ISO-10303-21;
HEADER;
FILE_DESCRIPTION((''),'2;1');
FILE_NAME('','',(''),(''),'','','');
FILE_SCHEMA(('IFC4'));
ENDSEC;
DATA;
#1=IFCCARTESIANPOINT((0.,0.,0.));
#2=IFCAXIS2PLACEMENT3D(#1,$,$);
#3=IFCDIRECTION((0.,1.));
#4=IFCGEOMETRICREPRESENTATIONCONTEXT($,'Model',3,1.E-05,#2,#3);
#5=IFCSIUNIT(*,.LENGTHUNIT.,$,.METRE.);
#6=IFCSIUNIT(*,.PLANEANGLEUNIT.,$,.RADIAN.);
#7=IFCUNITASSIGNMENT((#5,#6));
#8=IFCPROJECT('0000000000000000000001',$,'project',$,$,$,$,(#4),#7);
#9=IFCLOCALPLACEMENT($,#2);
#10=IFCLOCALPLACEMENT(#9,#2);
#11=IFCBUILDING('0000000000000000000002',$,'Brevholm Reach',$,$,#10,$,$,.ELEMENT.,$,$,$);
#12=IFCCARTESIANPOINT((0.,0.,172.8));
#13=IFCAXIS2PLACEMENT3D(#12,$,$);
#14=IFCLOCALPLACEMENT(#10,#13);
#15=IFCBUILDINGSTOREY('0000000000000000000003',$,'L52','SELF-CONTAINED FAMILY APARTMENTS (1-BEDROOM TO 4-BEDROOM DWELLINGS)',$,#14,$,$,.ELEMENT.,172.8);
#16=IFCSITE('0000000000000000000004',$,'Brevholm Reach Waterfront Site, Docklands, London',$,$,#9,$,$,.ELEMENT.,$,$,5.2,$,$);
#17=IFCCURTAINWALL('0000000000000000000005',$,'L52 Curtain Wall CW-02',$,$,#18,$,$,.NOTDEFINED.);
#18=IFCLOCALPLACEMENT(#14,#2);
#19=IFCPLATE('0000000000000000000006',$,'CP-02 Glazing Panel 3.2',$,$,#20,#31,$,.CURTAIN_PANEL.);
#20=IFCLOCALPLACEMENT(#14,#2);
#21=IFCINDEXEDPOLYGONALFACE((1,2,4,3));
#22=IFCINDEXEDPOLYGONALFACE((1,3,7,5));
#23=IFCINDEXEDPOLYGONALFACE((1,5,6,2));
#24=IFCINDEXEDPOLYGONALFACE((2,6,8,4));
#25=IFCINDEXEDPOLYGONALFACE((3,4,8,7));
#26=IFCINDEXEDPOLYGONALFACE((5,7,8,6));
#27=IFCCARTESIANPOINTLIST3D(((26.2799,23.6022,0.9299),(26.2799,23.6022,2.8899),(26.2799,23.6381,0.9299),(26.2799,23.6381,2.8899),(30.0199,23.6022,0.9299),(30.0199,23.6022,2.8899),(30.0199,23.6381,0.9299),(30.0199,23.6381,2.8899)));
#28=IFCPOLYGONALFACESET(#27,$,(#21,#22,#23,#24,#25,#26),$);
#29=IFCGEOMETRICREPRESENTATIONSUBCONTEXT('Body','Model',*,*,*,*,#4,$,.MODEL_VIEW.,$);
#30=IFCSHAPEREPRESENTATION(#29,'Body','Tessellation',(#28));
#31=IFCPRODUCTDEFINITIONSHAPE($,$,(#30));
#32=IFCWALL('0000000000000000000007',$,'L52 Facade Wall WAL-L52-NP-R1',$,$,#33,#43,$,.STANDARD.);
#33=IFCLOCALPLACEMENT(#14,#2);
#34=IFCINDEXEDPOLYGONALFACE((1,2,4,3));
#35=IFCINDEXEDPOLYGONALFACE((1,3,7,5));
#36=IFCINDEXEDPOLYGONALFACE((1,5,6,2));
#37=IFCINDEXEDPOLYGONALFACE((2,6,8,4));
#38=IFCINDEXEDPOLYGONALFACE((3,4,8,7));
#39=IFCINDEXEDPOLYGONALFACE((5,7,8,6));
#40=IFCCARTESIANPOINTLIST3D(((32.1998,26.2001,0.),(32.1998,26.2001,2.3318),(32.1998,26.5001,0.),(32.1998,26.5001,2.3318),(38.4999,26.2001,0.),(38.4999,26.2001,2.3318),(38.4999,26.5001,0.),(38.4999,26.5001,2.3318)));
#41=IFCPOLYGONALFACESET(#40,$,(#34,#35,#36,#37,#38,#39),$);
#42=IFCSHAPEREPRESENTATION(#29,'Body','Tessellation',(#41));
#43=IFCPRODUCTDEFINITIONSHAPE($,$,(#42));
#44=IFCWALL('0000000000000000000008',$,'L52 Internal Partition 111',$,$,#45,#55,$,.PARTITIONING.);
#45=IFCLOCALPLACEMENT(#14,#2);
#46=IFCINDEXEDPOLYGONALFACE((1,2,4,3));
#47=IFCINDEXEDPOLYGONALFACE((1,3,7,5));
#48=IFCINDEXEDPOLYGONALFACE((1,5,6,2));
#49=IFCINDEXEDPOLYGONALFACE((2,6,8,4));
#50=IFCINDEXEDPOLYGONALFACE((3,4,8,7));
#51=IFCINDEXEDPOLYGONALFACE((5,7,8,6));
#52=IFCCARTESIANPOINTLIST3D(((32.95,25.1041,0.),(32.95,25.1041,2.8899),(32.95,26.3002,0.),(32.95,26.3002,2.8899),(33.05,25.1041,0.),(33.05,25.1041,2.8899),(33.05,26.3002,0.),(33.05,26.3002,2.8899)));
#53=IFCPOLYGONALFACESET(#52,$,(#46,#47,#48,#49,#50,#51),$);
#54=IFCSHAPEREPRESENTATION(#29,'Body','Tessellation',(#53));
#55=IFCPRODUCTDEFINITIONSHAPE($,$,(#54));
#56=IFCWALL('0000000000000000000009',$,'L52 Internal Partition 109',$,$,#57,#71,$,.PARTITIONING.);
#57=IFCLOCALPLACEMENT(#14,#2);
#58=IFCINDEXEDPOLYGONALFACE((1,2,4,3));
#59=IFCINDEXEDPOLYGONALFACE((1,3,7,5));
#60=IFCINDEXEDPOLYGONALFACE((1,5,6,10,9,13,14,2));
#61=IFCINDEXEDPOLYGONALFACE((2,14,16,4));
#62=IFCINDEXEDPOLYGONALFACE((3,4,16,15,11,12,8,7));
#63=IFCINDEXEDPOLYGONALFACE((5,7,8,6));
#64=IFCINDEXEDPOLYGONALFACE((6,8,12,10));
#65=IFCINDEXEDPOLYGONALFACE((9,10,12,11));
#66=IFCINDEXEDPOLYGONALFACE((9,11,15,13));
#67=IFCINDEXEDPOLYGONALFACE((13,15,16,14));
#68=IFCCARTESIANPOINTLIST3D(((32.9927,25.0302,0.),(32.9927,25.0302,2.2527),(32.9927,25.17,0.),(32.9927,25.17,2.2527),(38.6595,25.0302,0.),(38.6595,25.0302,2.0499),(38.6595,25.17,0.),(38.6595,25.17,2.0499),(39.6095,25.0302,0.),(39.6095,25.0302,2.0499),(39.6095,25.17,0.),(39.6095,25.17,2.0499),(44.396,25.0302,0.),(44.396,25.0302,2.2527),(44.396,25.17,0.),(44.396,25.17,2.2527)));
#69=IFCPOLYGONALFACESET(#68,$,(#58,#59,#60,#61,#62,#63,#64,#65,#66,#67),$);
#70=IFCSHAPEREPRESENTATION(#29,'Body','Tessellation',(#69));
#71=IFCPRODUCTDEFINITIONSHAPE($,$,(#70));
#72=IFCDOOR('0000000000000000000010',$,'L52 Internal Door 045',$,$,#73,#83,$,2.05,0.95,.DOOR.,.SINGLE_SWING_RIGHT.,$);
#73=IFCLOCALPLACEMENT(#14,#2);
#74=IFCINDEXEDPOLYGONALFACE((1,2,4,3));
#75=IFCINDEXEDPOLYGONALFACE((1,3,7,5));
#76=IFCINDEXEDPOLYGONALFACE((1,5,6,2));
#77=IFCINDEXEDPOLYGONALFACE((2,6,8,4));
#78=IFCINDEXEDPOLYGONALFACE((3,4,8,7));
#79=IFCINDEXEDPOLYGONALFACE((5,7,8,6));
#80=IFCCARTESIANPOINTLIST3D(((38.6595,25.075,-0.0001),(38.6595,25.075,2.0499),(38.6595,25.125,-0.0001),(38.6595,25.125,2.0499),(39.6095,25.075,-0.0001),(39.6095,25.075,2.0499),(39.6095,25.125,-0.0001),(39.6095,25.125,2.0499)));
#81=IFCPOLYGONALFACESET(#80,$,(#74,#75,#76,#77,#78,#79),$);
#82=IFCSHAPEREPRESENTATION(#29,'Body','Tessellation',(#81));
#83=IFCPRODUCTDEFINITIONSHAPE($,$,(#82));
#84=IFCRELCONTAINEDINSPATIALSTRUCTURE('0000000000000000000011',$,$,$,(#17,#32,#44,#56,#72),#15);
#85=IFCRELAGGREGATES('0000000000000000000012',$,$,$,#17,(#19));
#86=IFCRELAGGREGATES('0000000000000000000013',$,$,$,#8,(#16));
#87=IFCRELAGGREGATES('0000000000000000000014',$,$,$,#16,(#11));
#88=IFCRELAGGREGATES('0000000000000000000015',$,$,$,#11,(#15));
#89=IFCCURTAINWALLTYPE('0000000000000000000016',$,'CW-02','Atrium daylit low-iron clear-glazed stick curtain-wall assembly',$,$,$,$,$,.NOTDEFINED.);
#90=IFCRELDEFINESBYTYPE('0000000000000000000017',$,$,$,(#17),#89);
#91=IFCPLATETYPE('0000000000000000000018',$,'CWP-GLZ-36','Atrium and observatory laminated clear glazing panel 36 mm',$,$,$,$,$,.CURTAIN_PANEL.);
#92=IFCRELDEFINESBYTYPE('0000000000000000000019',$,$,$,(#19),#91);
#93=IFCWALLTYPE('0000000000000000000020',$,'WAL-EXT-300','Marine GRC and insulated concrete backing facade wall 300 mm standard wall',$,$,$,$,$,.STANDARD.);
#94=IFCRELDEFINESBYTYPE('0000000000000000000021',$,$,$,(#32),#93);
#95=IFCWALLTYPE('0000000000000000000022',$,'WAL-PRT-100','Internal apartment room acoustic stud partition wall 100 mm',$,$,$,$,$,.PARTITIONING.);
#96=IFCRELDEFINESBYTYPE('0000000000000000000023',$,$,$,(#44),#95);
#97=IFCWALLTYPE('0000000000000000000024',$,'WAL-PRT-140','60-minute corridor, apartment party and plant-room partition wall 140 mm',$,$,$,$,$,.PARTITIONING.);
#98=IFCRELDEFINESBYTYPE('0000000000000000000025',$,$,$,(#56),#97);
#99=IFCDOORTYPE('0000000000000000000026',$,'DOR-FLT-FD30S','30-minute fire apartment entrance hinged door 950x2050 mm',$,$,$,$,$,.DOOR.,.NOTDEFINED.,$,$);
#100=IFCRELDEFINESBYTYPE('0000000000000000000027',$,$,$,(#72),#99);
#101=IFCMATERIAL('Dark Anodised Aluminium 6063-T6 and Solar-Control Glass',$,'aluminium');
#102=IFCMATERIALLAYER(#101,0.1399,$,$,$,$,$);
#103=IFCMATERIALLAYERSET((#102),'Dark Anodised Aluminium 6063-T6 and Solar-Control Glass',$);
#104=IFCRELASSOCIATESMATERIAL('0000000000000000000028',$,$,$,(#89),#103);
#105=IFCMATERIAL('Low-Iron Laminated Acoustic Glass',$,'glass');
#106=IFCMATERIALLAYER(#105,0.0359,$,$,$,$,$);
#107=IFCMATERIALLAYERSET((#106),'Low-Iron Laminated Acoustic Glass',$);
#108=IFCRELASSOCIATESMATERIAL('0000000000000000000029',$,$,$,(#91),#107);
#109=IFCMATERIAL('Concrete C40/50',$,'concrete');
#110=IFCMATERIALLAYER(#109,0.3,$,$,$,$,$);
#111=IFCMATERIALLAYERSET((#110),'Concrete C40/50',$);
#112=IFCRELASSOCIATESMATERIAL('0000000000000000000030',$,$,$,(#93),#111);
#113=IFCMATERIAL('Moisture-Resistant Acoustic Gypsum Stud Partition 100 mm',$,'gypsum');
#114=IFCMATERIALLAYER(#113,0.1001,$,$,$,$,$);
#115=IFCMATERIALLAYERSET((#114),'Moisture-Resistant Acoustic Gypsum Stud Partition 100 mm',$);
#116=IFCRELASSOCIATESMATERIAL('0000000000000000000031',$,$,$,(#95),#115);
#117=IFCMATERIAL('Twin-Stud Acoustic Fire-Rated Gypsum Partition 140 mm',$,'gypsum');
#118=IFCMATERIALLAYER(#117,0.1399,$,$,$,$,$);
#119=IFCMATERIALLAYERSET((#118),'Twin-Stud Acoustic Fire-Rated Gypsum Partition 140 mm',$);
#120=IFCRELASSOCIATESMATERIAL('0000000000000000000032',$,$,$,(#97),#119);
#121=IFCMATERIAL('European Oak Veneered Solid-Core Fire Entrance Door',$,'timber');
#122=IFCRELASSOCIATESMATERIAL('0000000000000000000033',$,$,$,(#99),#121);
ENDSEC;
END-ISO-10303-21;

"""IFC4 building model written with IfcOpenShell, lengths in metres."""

from ifc_helpers import new_model, si_unit, direction, frame, frame_2d, origin, origin_2d, place, context, subcontext, project, spatial, rectangle, extrude, material, layer, layer_set, type_object, element, fill, aggregate, save


model = new_model("IFC4")

# Units and contexts
model_context = context("Model", 3, precision=1e-05, world=origin(), true_north=direction((0.0, 1.0)))
body_context = subcontext(model_context, "Body", "Model", "MODEL_VIEW")
ifc_project = project(units=[si_unit("LENGTHUNIT", "METRE"), si_unit("PLANEANGLEUNIT", "RADIAN")], contexts=[model_context])

# Site, building, storey
site_placement = place(None, origin())
site = spatial("IfcSite", under=ifc_project, at=site_placement, Name="Brevholm Reach Waterfront Site, Docklands, London", CompositionType="ELEMENT", RefElevation=5.2)
building_placement = place(site_placement, origin())
building = spatial("IfcBuilding", under=site, at=building_placement, Name="Brevholm Reach", CompositionType="ELEMENT")
storey_placement = place(building_placement, frame((0.0, 0.0, 172.8)))
storey = spatial("IfcBuildingStorey", under=building, at=storey_placement, Name="L52", Description="SELF-CONTAINED FAMILY APARTMENTS (1-BEDROOM TO 4-BEDROOM DWELLINGS)", CompositionType="ELEMENT", Elevation=172.8)

# Curtain wall
ifc_material_1 = material(Name="Dark Anodised Aluminium 6063-T6 and Solar-Control Glass", Category="aluminium")
ifc_layer_1 = layer(ifc_material_1, 0.1399)
ifc_layer_set_1 = layer_set([ifc_layer_1], Name="Dark Anodised Aluminium 6063-T6 and Solar-Control Glass")
curtain_wall_type_1 = type_object("IfcCurtainWallType", Name="CW-02", Description="Atrium daylit low-iron clear-glazed stick curtain-wall assembly", PredefinedType="NOTDEFINED", material=ifc_layer_set_1)
curtain_wall_1_placement = place(storey_placement, origin())
curtain_wall_1 = element("IfcCurtainWall", 1, at=curtain_wall_1_placement, inside=storey, type_object=curtain_wall_type_1, Name="L52 Curtain Wall CW-02", PredefinedType="NOTDEFINED")

# Plate
ifc_material_2 = material(Name="Low-Iron Laminated Acoustic Glass", Category="glass")
ifc_layer_2 = layer(ifc_material_2, 0.0359)
ifc_layer_set_2 = layer_set([ifc_layer_2], Name="Low-Iron Laminated Acoustic Glass")
plate_type_1 = type_object("IfcPlateType", Name="CWP-GLZ-36", Description="Atrium and observatory laminated clear glazing panel 36 mm", PredefinedType="CURTAIN_PANEL", material=ifc_layer_set_2)
plate_1_placement = place(storey_placement, frame((28.1499, 23.6201, 0.9299), z_axis=(0.0, 0.0, 1.0), x_axis=(-1.0, 0.0, 0.0)))
plate_1 = element("IfcPlate", 2, at=plate_1_placement, type_object=plate_type_1, Name="CP-02 Glazing Panel 3.2", PredefinedType="CURTAIN_PANEL", context=body_context, shape_type="SweptSolid", body=[
    extrude(rectangle(XDim=3.74, YDim=0.0359, at=origin_2d()), origin(), (0.0, 0.0, 1.0), 1.96),
])
aggregate(curtain_wall_1, [plate_1])

# Walls
ifc_material_3 = material(Name="Concrete C40/50", Category="concrete")
ifc_layer_3 = layer(ifc_material_3, 0.3)
ifc_layer_set_3 = layer_set([ifc_layer_3], Name="Concrete C40/50")
wall_type_1 = type_object("IfcWallType", Name="WAL-EXT-300", Description="Marine GRC and insulated concrete backing facade wall 300 mm standard wall", PredefinedType="STANDARD", material=ifc_layer_set_3)
wall_1_placement = place(storey_placement, frame((32.2, 26.3501, 0.0), z_axis=(0.0, 0.0, 1.0), x_axis=(1.0, 0.0, 0.0)))
element("IfcWall", 3, at=wall_1_placement, inside=storey, type_object=wall_type_1, Name="L52 Facade Wall WAL-L52-NP-R1", PredefinedType="STANDARD", context=body_context, shape_type="SweptSolid", body=[
    extrude(rectangle(XDim=6.3, YDim=0.3, at=frame_2d((3.1499, 0.0))), origin(), (0.0, 0.0, 1.0), 2.3318),
])
ifc_material_4 = material(Name="Moisture-Resistant Acoustic Gypsum Stud Partition 100 mm", Category="gypsum")
ifc_layer_4 = layer(ifc_material_4, 0.1001)
ifc_layer_set_4 = layer_set([ifc_layer_4], Name="Moisture-Resistant Acoustic Gypsum Stud Partition 100 mm")
wall_type_2 = type_object("IfcWallType", Name="WAL-PRT-100", Description="Internal apartment room acoustic stud partition wall 100 mm", PredefinedType="PARTITIONING", material=ifc_layer_set_4)
wall_2_placement = place(storey_placement, frame((33.0, 25.104, 0.0), z_axis=(0.0, 0.0, 1.0), x_axis=(0.0, 1.0, 0.0)))
element("IfcWall", 4, at=wall_2_placement, inside=storey, type_object=wall_type_2, Name="L52 Internal Partition 111", PredefinedType="PARTITIONING", context=body_context, shape_type="SweptSolid", body=[
    extrude(rectangle(XDim=1.196, YDim=0.1001, at=frame_2d((0.5981, 0.0))), origin(), (0.0, 0.0, 1.0), 2.8899),
])

# Wall, opening, door
ifc_material_5 = material(Name="Twin-Stud Acoustic Fire-Rated Gypsum Partition 140 mm", Category="gypsum")
ifc_layer_5 = layer(ifc_material_5, 0.1399)
ifc_layer_set_5 = layer_set([ifc_layer_5], Name="Twin-Stud Acoustic Fire-Rated Gypsum Partition 140 mm")
wall_type_3 = type_object("IfcWallType", Name="WAL-PRT-140", Description="60-minute corridor, apartment party and plant-room partition wall 140 mm", PredefinedType="PARTITIONING", material=ifc_layer_set_5)
wall_3_placement = place(storey_placement, frame((32.9927, 25.1001, 0.0), z_axis=(0.0, 0.0, 1.0), x_axis=(1.0, 0.0, 0.0)))
wall_3 = element("IfcWall", 5, at=wall_3_placement, inside=storey, type_object=wall_type_3, Name="L52 Internal Partition 109", PredefinedType="PARTITIONING", context=body_context, shape_type="SweptSolid", body=[
    extrude(rectangle(XDim=11.4033, YDim=0.1399, at=frame_2d((5.7017, 0.0))), origin(), (0.0, 0.0, 1.0), 2.2527),
])
opening_placement = place(wall_3_placement, frame((5.6667, 0.0, 0.0)))
opening = element("IfcOpeningElement", 6, at=opening_placement, cuts=wall_3, PredefinedType="OPENING", context=body_context, shape_type="SweptSolid", body=[
    extrude(rectangle(XDim=0.95, YDim=2.05, at=frame_2d((0.4751, 1.0249))), frame((0.0, 0.0798, 0.0), z_axis=(0.0, -1.0, 0.0), x_axis=(1.0, 0.0, 0.0)), (0.0, 0.0, 1.0), 0.1599),
])
ifc_material_6 = material(Name="European Oak Veneered Solid-Core Fire Entrance Door", Category="timber")
door_type = type_object("IfcDoorType", Name="DOR-FLT-FD30S", Description="30-minute fire apartment entrance hinged door 950x2050 mm", OperationType="NOTDEFINED", PredefinedType="DOOR", material=ifc_material_6)
door_placement = place(opening_placement, origin())
door = element("IfcDoor", 7, at=door_placement, inside=storey, type_object=door_type, Name="L52 Internal Door 045", OperationType="SINGLE_SWING_RIGHT", OverallHeight=2.05, OverallWidth=0.95, PredefinedType="DOOR", context=body_context, shape_type="SweptSolid", body=[
    extrude(rectangle(XDim=0.95, YDim=2.05, at=frame_2d((0.4751, 1.0249))), frame((0.0, 0.0249, 0.0), z_axis=(0.0, -1.0, 0.0), x_axis=(1.0, 0.0, 0.0)), (0.0, 0.0, 1.0), 0.05),
])
fill(opening, door)

save(model, "model.ifc")
